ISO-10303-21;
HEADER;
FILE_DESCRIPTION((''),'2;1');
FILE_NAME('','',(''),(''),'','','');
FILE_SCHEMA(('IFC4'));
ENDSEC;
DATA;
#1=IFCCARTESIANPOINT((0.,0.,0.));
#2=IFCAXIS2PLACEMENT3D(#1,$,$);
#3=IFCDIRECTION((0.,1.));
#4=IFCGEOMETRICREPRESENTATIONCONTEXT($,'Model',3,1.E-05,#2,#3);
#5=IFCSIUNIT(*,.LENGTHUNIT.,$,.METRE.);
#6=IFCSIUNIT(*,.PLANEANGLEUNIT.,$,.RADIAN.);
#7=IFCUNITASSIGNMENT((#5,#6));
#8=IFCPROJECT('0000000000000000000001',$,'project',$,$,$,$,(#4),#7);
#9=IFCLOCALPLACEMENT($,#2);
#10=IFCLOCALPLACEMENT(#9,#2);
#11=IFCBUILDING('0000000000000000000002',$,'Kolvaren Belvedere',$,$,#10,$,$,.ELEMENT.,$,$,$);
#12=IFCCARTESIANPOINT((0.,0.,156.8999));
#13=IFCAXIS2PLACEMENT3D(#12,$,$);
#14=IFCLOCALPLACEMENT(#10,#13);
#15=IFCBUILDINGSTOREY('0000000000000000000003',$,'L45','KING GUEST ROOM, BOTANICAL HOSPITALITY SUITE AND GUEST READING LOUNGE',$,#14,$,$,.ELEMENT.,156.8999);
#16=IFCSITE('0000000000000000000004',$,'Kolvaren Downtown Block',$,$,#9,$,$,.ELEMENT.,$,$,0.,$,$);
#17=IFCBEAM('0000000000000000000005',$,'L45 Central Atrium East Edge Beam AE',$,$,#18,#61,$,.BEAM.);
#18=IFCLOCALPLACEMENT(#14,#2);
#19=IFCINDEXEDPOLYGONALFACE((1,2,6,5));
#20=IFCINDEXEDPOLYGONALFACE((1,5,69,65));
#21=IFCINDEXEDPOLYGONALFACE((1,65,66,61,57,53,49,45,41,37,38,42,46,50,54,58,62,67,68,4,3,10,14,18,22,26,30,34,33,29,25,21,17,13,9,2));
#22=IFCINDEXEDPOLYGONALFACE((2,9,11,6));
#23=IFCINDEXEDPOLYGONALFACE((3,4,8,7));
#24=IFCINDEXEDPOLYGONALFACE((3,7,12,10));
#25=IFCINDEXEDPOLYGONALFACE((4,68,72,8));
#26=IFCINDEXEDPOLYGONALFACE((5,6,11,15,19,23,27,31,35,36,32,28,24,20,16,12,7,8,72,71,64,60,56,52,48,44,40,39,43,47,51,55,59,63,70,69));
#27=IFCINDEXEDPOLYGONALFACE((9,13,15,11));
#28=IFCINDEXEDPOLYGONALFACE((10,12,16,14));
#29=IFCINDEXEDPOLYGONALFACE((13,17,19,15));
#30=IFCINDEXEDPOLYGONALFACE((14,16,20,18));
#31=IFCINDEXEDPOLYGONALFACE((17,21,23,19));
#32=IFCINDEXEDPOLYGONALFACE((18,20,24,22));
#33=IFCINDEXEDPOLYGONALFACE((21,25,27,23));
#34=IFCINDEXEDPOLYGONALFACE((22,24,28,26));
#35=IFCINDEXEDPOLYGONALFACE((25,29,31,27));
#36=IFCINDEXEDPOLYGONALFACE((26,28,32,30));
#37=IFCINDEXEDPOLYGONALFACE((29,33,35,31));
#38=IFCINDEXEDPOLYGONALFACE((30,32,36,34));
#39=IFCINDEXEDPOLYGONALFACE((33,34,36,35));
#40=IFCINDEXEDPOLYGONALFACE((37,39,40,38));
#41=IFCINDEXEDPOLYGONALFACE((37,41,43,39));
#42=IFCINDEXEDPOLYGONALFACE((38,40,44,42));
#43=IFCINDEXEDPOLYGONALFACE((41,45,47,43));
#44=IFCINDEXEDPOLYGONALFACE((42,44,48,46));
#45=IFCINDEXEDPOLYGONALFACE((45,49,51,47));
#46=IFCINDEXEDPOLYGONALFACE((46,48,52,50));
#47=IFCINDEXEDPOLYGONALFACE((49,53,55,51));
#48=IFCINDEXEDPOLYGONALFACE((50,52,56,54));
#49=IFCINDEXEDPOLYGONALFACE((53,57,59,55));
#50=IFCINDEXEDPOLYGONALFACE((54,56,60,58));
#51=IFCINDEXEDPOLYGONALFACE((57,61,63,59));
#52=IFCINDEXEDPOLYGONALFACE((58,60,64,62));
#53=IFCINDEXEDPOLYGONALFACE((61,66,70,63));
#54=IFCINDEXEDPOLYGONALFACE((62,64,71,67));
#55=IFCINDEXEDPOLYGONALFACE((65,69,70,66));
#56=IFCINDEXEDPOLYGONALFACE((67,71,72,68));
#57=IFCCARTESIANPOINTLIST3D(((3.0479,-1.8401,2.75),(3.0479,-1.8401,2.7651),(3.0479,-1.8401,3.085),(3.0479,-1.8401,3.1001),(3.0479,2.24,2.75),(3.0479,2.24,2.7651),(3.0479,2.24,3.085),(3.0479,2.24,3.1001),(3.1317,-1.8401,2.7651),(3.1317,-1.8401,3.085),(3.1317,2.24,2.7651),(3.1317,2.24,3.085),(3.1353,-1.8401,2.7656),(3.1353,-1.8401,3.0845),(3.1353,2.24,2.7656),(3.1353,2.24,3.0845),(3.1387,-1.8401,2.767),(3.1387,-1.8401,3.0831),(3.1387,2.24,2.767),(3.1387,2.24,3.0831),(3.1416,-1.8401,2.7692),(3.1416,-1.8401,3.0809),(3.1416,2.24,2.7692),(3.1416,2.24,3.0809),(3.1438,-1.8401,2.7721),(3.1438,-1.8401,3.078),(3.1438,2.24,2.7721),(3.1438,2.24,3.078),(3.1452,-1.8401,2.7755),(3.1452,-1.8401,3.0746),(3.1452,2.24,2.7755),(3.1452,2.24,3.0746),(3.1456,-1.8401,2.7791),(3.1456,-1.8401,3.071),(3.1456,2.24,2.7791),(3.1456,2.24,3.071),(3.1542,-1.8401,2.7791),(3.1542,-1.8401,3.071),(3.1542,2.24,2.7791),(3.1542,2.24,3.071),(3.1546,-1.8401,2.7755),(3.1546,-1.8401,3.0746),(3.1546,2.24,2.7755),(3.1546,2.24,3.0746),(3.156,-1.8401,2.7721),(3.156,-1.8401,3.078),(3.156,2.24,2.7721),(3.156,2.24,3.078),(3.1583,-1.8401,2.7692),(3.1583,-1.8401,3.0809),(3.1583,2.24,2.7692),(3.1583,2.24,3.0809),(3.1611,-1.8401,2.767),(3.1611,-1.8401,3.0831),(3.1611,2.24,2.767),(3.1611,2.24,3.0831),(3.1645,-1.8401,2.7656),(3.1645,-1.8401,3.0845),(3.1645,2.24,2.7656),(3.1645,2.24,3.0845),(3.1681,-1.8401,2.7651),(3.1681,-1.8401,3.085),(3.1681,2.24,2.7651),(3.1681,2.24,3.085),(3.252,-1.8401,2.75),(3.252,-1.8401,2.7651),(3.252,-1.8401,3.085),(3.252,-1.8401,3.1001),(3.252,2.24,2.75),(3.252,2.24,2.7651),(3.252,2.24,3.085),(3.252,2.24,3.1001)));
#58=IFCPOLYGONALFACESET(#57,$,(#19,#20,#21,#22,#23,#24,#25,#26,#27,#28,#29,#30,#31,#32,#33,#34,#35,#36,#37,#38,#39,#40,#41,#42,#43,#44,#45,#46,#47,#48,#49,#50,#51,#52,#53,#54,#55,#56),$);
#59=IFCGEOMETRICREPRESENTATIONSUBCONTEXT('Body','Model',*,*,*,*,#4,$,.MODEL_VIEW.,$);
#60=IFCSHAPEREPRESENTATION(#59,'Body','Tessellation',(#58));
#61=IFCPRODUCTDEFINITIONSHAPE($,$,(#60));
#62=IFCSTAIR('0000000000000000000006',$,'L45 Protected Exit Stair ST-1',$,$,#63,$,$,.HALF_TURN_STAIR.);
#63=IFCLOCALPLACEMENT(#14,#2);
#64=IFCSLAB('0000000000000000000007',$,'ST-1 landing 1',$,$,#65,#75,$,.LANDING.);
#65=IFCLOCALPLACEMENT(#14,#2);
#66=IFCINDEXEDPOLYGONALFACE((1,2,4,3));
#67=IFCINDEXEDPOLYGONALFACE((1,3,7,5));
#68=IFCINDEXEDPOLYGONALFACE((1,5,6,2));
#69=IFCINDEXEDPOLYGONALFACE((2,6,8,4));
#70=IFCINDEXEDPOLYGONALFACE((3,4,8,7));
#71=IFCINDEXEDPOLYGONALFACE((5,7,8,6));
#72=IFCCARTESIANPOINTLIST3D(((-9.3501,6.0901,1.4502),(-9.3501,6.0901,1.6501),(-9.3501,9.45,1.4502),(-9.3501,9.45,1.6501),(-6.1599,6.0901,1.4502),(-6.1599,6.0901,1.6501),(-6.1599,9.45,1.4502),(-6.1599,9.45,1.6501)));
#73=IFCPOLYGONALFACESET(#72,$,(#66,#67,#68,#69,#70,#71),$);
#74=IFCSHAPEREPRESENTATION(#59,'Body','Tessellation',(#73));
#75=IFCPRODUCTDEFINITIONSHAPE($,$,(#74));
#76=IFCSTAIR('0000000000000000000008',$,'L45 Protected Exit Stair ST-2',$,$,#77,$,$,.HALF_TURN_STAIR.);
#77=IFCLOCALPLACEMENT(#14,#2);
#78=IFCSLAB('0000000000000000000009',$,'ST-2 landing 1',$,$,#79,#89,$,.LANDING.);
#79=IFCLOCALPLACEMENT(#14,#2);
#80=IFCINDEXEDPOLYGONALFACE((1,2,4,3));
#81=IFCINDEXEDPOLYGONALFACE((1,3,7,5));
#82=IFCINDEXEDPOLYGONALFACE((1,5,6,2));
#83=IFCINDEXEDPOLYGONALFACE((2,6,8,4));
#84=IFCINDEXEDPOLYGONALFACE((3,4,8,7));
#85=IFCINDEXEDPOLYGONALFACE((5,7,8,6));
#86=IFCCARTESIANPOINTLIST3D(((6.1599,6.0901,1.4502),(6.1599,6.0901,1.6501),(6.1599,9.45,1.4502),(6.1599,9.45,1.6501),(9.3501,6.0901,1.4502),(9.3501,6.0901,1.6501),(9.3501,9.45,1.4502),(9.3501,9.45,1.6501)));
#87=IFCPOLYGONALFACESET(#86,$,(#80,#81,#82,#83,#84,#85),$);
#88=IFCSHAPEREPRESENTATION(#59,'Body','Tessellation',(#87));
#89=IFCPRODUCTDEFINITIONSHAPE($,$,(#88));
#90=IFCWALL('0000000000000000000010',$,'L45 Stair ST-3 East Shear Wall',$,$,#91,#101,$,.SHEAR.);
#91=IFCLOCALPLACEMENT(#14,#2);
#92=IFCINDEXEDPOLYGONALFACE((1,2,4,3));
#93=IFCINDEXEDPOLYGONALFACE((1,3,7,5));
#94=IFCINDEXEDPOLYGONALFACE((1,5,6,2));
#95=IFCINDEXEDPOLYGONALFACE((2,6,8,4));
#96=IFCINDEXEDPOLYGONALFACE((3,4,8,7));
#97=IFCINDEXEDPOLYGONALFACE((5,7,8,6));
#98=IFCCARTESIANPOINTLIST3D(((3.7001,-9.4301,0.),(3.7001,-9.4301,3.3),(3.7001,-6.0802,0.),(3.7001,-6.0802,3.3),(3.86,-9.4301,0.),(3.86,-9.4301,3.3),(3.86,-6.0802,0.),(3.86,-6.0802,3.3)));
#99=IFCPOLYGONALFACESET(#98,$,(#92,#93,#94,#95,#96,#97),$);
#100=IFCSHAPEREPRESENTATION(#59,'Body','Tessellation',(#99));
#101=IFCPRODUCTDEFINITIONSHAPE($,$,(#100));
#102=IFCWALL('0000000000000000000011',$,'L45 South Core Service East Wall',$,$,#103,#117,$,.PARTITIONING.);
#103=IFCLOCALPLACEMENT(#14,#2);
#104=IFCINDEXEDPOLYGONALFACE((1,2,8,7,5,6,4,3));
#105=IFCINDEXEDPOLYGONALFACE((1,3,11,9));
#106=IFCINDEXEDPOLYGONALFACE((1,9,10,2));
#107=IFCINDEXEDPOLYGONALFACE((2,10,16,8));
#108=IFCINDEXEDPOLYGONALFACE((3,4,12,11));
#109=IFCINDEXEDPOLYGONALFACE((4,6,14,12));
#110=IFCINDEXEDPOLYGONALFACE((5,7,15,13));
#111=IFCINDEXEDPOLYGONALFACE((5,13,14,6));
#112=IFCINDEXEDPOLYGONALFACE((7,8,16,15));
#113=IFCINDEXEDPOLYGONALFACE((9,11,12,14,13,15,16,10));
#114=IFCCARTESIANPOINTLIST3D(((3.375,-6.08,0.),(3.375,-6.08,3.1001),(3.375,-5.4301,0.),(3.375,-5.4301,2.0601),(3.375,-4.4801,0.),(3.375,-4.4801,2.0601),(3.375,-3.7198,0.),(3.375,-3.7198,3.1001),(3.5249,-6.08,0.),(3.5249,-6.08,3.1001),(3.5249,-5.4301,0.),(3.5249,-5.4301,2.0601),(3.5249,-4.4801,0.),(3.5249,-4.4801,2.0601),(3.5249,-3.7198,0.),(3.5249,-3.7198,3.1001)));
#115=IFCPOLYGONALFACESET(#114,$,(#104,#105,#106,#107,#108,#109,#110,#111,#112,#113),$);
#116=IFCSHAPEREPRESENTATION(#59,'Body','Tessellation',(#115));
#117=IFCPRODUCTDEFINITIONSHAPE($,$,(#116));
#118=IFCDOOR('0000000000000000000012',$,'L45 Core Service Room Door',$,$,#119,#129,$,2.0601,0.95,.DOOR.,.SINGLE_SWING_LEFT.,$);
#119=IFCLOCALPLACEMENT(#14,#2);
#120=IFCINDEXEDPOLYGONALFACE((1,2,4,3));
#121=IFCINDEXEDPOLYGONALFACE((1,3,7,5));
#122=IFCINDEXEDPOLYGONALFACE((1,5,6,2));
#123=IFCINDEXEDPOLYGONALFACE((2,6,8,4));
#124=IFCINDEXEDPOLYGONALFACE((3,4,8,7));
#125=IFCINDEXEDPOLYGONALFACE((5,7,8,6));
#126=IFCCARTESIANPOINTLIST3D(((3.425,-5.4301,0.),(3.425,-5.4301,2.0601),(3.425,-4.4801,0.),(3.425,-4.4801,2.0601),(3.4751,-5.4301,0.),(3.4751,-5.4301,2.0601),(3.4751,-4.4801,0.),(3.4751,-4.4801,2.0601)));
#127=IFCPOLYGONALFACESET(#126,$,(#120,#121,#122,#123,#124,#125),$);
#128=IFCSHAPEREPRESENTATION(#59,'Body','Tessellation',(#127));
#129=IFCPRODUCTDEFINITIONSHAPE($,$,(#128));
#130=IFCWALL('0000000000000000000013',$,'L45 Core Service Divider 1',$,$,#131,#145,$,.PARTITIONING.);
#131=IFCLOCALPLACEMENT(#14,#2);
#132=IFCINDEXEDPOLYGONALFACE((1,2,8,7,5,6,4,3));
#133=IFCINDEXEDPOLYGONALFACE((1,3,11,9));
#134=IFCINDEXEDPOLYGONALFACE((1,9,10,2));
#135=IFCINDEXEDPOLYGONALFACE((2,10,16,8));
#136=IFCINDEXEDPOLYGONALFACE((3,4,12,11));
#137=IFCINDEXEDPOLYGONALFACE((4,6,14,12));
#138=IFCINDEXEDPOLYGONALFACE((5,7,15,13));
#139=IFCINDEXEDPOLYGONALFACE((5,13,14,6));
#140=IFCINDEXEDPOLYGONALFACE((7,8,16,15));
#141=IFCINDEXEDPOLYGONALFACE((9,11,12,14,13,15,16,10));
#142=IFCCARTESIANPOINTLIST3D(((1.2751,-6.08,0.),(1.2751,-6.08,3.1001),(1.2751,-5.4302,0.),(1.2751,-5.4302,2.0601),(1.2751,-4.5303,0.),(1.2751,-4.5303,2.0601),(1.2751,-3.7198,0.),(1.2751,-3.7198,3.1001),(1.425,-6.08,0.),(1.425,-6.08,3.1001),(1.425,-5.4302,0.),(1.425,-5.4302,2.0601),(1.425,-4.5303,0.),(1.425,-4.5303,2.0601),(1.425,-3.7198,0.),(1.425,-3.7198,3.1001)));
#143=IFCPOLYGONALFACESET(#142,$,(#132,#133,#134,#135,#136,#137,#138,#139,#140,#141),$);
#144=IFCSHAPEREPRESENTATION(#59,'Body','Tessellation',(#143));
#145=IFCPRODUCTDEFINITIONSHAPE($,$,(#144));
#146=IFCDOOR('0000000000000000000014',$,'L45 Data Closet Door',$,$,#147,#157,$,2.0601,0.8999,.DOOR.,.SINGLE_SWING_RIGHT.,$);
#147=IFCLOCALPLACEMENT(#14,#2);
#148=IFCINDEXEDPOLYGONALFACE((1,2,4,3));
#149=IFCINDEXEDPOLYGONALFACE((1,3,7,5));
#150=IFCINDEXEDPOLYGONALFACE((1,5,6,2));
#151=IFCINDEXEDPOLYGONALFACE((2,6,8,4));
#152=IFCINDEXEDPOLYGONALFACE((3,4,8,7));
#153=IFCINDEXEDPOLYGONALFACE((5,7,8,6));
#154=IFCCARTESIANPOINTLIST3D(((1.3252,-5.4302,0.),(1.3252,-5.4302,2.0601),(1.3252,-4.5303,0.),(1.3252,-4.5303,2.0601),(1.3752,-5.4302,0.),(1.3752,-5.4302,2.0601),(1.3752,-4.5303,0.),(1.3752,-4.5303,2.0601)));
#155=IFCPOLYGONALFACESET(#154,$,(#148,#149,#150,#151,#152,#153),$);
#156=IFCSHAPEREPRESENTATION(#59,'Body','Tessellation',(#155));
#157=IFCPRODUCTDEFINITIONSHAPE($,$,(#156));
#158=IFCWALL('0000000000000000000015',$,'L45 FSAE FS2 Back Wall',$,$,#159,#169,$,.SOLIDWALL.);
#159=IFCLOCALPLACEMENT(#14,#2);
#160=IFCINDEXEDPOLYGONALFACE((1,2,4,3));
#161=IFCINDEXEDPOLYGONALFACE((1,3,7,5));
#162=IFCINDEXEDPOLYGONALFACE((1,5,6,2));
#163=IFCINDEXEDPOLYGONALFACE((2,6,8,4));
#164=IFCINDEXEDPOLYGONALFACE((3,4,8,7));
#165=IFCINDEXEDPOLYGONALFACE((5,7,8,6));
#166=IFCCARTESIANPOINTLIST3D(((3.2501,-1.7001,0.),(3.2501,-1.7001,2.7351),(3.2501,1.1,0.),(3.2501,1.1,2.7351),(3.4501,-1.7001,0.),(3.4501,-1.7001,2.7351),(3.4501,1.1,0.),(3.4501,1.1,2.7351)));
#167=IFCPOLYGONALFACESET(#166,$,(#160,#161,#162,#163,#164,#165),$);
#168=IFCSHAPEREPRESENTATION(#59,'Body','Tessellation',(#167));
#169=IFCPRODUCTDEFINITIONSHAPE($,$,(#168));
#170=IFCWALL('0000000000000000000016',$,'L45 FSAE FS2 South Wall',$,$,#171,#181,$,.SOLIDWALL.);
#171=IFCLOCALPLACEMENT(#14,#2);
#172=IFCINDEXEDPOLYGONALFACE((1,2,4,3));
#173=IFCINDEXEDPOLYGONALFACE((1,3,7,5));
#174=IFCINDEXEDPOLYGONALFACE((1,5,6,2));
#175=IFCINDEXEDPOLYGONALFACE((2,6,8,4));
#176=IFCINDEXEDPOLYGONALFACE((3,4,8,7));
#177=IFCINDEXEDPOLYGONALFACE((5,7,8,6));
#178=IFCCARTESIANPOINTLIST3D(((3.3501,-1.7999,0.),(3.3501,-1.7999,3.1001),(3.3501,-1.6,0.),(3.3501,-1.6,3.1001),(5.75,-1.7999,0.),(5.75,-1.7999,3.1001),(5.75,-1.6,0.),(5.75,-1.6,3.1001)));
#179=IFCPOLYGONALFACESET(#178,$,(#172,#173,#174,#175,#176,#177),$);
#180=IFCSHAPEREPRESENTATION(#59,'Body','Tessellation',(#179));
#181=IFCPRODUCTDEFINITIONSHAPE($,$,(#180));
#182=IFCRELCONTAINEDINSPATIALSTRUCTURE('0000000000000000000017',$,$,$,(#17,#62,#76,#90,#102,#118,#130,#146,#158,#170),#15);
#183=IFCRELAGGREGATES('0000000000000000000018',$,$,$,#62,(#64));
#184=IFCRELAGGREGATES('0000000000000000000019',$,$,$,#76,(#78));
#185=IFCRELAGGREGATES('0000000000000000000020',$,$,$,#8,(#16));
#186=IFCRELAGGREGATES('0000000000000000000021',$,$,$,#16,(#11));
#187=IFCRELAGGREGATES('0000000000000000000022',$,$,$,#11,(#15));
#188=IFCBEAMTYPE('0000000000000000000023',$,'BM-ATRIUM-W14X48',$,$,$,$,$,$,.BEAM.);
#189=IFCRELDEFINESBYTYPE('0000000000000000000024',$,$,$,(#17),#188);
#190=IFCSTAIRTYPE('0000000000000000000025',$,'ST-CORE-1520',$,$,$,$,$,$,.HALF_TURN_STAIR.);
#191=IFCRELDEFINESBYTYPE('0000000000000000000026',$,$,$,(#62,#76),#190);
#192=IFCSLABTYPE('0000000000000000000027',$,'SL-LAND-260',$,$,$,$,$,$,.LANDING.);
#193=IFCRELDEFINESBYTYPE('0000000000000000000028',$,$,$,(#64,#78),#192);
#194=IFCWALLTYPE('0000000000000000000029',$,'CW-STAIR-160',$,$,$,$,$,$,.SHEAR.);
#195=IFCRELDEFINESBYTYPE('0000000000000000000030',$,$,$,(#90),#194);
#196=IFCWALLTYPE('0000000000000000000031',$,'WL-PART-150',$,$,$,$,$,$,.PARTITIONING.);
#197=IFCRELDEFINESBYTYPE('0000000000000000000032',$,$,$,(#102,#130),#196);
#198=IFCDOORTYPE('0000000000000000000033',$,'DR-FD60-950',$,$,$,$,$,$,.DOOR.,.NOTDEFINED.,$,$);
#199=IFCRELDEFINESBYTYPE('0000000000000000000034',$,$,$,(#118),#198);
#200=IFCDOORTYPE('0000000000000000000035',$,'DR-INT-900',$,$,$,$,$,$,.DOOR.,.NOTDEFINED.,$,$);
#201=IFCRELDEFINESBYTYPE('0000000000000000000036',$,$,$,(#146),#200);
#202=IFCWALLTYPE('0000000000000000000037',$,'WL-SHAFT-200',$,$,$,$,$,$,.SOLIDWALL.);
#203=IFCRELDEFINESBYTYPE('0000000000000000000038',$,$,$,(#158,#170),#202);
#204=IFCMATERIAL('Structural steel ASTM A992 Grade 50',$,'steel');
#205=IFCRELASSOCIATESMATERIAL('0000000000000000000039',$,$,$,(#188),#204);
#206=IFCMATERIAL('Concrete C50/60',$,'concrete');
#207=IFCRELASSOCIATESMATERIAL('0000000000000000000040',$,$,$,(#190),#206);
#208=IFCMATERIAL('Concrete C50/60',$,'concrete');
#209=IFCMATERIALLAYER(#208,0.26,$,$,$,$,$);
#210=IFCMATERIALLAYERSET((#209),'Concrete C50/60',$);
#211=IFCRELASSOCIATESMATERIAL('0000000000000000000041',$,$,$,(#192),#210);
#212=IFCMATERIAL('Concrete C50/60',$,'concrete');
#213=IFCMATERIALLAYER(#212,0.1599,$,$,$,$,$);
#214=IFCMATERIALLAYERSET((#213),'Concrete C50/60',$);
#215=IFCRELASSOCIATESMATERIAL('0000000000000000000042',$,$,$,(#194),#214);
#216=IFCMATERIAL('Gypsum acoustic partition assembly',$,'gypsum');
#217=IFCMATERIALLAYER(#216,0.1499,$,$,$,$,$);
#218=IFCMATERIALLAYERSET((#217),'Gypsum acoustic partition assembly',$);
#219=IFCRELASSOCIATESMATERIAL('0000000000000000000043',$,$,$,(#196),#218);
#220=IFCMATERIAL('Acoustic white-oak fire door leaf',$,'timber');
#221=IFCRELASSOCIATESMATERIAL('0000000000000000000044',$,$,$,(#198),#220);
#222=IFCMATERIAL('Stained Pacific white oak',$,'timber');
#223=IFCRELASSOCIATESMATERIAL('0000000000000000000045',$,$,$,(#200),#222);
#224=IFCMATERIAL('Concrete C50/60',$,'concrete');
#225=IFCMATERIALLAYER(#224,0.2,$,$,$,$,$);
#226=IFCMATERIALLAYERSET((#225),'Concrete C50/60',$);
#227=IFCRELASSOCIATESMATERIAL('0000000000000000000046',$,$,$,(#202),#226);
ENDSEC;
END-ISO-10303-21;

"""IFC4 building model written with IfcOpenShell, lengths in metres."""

from ifc_helpers import new_model, si_unit, direction, frame, frame_2d, origin, origin_2d, place, context, subcontext, project, spatial, polyline, rectangle, i_section, outline, extrude, material, layer, layer_set, material_profile, profile_set, type_object, element, fill, aggregate, save


model = new_model("IFC4")

# Units and contexts
model_context = context("Model", 3, precision=1e-05, world=origin(), true_north=direction((0.0, 1.0)))
body_context = subcontext(model_context, "Body", "Model", "MODEL_VIEW")
ifc_project = project(units=[si_unit("LENGTHUNIT", "METRE"), si_unit("PLANEANGLEUNIT", "RADIAN")], contexts=[model_context])

# Site, building, storey
site_placement = place(None, origin())
site = spatial("IfcSite", under=ifc_project, at=site_placement, Name="Kolvaren Downtown Block", CompositionType="ELEMENT", RefElevation=0.0)
building_placement = place(site_placement, origin())
building = spatial("IfcBuilding", under=site, at=building_placement, Name="Kolvaren Belvedere", CompositionType="ELEMENT")
storey_placement = place(building_placement, frame((0.0, 0.0, 156.8999)))
storey = spatial("IfcBuildingStorey", under=building, at=storey_placement, Name="L45", Description="KING GUEST ROOM, BOTANICAL HOSPITALITY SUITE AND GUEST READING LOUNGE", CompositionType="ELEMENT", Elevation=156.8999)

# Beam
ifc_material_1 = material(Name="Structural steel ASTM A992 Grade 50", Category="steel")
ifc_material_profile = material_profile(ifc_material_1, i_section(OverallWidth=0.2041, OverallDepth=0.3501, WebThickness=0.0085, FlangeThickness=0.0151, FilletRadius=0.0139, at=origin_2d()), Name="W14X48")
ifc_profile_set = profile_set([ifc_material_profile], Name="Structural steel ASTM A992 Grade 50")
beam_type = type_object("IfcBeamType", Name="BM-ATRIUM-W14X48", PredefinedType="BEAM", material=ifc_profile_set)
beam_placement = place(storey_placement, frame((3.1499, -1.8401, 2.925), z_axis=(0.0, 1.0, 0.0), x_axis=(-1.0, 0.0, 0.0)))
element("IfcBeam", 1, at=beam_placement, inside=storey, type_object=beam_type, Name="L45 Central Atrium East Edge Beam AE", PredefinedType="BEAM", context=body_context, shape_type="SweptSolid", body=[
    extrude(i_section(OverallWidth=0.2041, OverallDepth=0.3501, WebThickness=0.0085, FlangeThickness=0.0151, FilletRadius=0.0139, at=origin_2d()), origin(), (0.0, 0.0, 1.0), 4.0801),
])

# Stairs, slabs
ifc_material_2 = material(Name="Concrete C50/60", Category="concrete")
stair_type = type_object("IfcStairType", Name="ST-CORE-1520", PredefinedType="HALF_TURN_STAIR", material=ifc_material_2)
stair_1_placement = place(storey_placement, origin())
stair_1 = element("IfcStair", 2, at=stair_1_placement, inside=storey, type_object=stair_type, Name="L45 Protected Exit Stair ST-1", PredefinedType="HALF_TURN_STAIR")
ifc_material_3 = material(Name="Concrete C50/60", Category="concrete")
ifc_layer_1 = layer(ifc_material_3, 0.26)
ifc_layer_set_1 = layer_set([ifc_layer_1], Name="Concrete C50/60")
slab_type = type_object("IfcSlabType", Name="SL-LAND-260", PredefinedType="LANDING", material=ifc_layer_set_1)
slab_1_placement = place(storey_placement, frame((0.0, 0.0, 1.4502)))
slab_1 = element("IfcSlab", 3, at=slab_1_placement, type_object=slab_type, Name="ST-1 landing 1", PredefinedType="LANDING", context=body_context, shape_type="SweptSolid", body=[
    extrude(outline(polyline([(-6.1599, 6.0901), (-6.1599, 9.45), (-9.3501, 9.45), (-9.3501, 6.0901), (-6.1599, 6.0901)])), origin(), (0.0, 0.0, 1.0), 0.2),
])
aggregate(stair_1, [slab_1])
stair_2_placement = place(storey_placement, origin())
stair_2 = element("IfcStair", 4, at=stair_2_placement, inside=storey, type_object=stair_type, Name="L45 Protected Exit Stair ST-2", PredefinedType="HALF_TURN_STAIR")
slab_2_placement = place(storey_placement, frame((0.0, 0.0, 1.4502)))
slab_2 = element("IfcSlab", 5, at=slab_2_placement, type_object=slab_type, Name="ST-2 landing 1", PredefinedType="LANDING", context=body_context, shape_type="SweptSolid", body=[
    extrude(outline(polyline([(9.3501, 6.0901), (9.3501, 9.45), (6.1599, 9.45), (6.1599, 6.0901), (9.3501, 6.0901)])), origin(), (0.0, 0.0, 1.0), 0.2),
])
aggregate(stair_2, [slab_2])

# Wall
ifc_material_4 = material(Name="Concrete C50/60", Category="concrete")
ifc_layer_2 = layer(ifc_material_4, 0.1599)
ifc_layer_set_2 = layer_set([ifc_layer_2], Name="Concrete C50/60")
wall_type_1 = type_object("IfcWallType", Name="CW-STAIR-160", PredefinedType="SHEAR", material=ifc_layer_set_2)
wall_1_placement = place(storey_placement, frame((3.78, -9.4299, 0.0), z_axis=(0.0, 0.0, 1.0), x_axis=(0.0, 1.0, 0.0)))
element("IfcWall", 6, at=wall_1_placement, inside=storey, type_object=wall_type_1, Name="L45 Stair ST-3 East Shear Wall", PredefinedType="SHEAR", context=body_context, shape_type="SweptSolid", body=[
    extrude(rectangle(XDim=3.3499, YDim=0.1599, at=frame_2d((1.6748, 0.0))), origin(), (0.0, 0.0, 1.0), 3.3),
])

# Walls, openings, doors
ifc_material_5 = material(Name="Gypsum acoustic partition assembly", Category="gypsum")
ifc_layer_3 = layer(ifc_material_5, 0.1499)
ifc_layer_set_3 = layer_set([ifc_layer_3], Name="Gypsum acoustic partition assembly")
wall_type_2 = type_object("IfcWallType", Name="WL-PART-150", PredefinedType="PARTITIONING", material=ifc_layer_set_3)
wall_2_placement = place(storey_placement, frame((3.45, -6.0801, 0.0), z_axis=(0.0, 0.0, 1.0), x_axis=(0.0, 1.0, 0.0)))
wall_2 = element("IfcWall", 7, at=wall_2_placement, inside=storey, type_object=wall_type_2, Name="L45 South Core Service East Wall", PredefinedType="PARTITIONING", context=body_context, shape_type="SweptSolid", body=[
    extrude(rectangle(XDim=2.3601, YDim=0.1499, at=frame_2d((1.1802, 0.0))), origin(), (0.0, 0.0, 1.0), 3.1001),
])
opening_1_placement = place(wall_2_placement, frame((0.6499, 0.0, 0.0)))
opening_1 = element("IfcOpeningElement", 8, at=opening_1_placement, cuts=wall_2, PredefinedType="OPENING", context=body_context, shape_type="SweptSolid", body=[
    extrude(rectangle(XDim=0.95, YDim=2.0601, at=frame_2d((0.4751, 1.03))), frame((0.0, 0.085, 0.0), z_axis=(0.0, -1.0, 0.0), x_axis=(1.0, 0.0, 0.0)), (0.0, 0.0, 1.0), 0.1699),
])
ifc_material_6 = material(Name="Acoustic white-oak fire door leaf", Category="timber")
door_type_1 = type_object("IfcDoorType", Name="DR-FD60-950", OperationType="NOTDEFINED", PredefinedType="DOOR", material=ifc_material_6)
door_1_placement = place(opening_1_placement, origin())
door_1 = element("IfcDoor", 9, at=door_1_placement, inside=storey, type_object=door_type_1, Name="L45 Core Service Room Door", OperationType="SINGLE_SWING_LEFT", OverallHeight=2.0601, OverallWidth=0.95, PredefinedType="DOOR", context=body_context, shape_type="SweptSolid", body=[
    extrude(rectangle(XDim=0.95, YDim=2.0601, at=frame_2d((0.4751, 1.03))), frame((0.0, 0.0249, 0.0), z_axis=(0.0, -1.0, 0.0), x_axis=(1.0, 0.0, 0.0)), (0.0, 0.0, 1.0), 0.05),
])
fill(opening_1, door_1)
wall_3_placement = place(storey_placement, frame((1.3501, -6.0801, 0.0), z_axis=(0.0, 0.0, 1.0), x_axis=(0.0, 1.0, 0.0)))
wall_3 = element("IfcWall", 10, at=wall_3_placement, inside=storey, type_object=wall_type_2, Name="L45 Core Service Divider 1", PredefinedType="PARTITIONING", context=body_context, shape_type="SweptSolid", body=[
    extrude(rectangle(XDim=2.3601, YDim=0.1499, at=frame_2d((1.1802, 0.0))), origin(), (0.0, 0.0, 1.0), 3.1001),
])
opening_2_placement = place(wall_3_placement, frame((0.6499, 0.0, 0.0)))
opening_2 = element("IfcOpeningElement", 11, at=opening_2_placement, cuts=wall_3, PredefinedType="OPENING", context=body_context, shape_type="SweptSolid", body=[
    extrude(rectangle(XDim=0.8999, YDim=2.0601, at=frame_2d((0.45, 1.03))), frame((0.0, 0.085, 0.0), z_axis=(0.0, -1.0, 0.0), x_axis=(1.0, 0.0, 0.0)), (0.0, 0.0, 1.0), 0.1699),
])
ifc_material_7 = material(Name="Stained Pacific white oak", Category="timber")
door_type_2 = type_object("IfcDoorType", Name="DR-INT-900", OperationType="NOTDEFINED", PredefinedType="DOOR", material=ifc_material_7)
door_2_placement = place(opening_2_placement, origin())
door_2 = element("IfcDoor", 12, at=door_2_placement, inside=storey, type_object=door_type_2, Name="L45 Data Closet Door", OperationType="SINGLE_SWING_RIGHT", OverallHeight=2.0601, OverallWidth=0.8999, PredefinedType="DOOR", context=body_context, shape_type="SweptSolid", body=[
    extrude(rectangle(XDim=0.8999, YDim=2.0601, at=frame_2d((0.45, 1.03))), frame((0.0, 0.0249, 0.0), z_axis=(0.0, -1.0, 0.0), x_axis=(1.0, 0.0, 0.0)), (0.0, 0.0, 1.0), 0.05),
])
fill(opening_2, door_2)

# Walls
ifc_material_8 = material(Name="Concrete C50/60", Category="concrete")
ifc_layer_4 = layer(ifc_material_8, 0.2)
ifc_layer_set_4 = layer_set([ifc_layer_4], Name="Concrete C50/60")
wall_type_3 = type_object("IfcWallType", Name="WL-SHAFT-200", PredefinedType="SOLIDWALL", material=ifc_layer_set_4)
wall_4_placement = place(storey_placement, frame((3.3501, -1.7, 0.0), z_axis=(0.0, 0.0, 1.0), x_axis=(0.0, 1.0, 0.0)))
element("IfcWall", 13, at=wall_4_placement, inside=storey, type_object=wall_type_3, Name="L45 FSAE FS2 Back Wall", PredefinedType="SOLIDWALL", context=body_context, shape_type="SweptSolid", body=[
    extrude(rectangle(XDim=2.8, YDim=0.2, at=frame_2d((1.3999, 0.0))), origin(), (0.0, 0.0, 1.0), 2.7351),
])
wall_5_placement = place(storey_placement, frame((3.3501, -1.7, 0.0), z_axis=(0.0, 0.0, 1.0), x_axis=(1.0, 0.0, 0.0)))
element("IfcWall", 14, at=wall_5_placement, inside=storey, type_object=wall_type_3, Name="L45 FSAE FS2 South Wall", PredefinedType="SOLIDWALL", context=body_context, shape_type="SweptSolid", body=[
    extrude(rectangle(XDim=2.3999, YDim=0.2, at=frame_2d((1.2, 0.0))), origin(), (0.0, 0.0, 1.0), 3.1001),
])

save(model, "model.ifc")
